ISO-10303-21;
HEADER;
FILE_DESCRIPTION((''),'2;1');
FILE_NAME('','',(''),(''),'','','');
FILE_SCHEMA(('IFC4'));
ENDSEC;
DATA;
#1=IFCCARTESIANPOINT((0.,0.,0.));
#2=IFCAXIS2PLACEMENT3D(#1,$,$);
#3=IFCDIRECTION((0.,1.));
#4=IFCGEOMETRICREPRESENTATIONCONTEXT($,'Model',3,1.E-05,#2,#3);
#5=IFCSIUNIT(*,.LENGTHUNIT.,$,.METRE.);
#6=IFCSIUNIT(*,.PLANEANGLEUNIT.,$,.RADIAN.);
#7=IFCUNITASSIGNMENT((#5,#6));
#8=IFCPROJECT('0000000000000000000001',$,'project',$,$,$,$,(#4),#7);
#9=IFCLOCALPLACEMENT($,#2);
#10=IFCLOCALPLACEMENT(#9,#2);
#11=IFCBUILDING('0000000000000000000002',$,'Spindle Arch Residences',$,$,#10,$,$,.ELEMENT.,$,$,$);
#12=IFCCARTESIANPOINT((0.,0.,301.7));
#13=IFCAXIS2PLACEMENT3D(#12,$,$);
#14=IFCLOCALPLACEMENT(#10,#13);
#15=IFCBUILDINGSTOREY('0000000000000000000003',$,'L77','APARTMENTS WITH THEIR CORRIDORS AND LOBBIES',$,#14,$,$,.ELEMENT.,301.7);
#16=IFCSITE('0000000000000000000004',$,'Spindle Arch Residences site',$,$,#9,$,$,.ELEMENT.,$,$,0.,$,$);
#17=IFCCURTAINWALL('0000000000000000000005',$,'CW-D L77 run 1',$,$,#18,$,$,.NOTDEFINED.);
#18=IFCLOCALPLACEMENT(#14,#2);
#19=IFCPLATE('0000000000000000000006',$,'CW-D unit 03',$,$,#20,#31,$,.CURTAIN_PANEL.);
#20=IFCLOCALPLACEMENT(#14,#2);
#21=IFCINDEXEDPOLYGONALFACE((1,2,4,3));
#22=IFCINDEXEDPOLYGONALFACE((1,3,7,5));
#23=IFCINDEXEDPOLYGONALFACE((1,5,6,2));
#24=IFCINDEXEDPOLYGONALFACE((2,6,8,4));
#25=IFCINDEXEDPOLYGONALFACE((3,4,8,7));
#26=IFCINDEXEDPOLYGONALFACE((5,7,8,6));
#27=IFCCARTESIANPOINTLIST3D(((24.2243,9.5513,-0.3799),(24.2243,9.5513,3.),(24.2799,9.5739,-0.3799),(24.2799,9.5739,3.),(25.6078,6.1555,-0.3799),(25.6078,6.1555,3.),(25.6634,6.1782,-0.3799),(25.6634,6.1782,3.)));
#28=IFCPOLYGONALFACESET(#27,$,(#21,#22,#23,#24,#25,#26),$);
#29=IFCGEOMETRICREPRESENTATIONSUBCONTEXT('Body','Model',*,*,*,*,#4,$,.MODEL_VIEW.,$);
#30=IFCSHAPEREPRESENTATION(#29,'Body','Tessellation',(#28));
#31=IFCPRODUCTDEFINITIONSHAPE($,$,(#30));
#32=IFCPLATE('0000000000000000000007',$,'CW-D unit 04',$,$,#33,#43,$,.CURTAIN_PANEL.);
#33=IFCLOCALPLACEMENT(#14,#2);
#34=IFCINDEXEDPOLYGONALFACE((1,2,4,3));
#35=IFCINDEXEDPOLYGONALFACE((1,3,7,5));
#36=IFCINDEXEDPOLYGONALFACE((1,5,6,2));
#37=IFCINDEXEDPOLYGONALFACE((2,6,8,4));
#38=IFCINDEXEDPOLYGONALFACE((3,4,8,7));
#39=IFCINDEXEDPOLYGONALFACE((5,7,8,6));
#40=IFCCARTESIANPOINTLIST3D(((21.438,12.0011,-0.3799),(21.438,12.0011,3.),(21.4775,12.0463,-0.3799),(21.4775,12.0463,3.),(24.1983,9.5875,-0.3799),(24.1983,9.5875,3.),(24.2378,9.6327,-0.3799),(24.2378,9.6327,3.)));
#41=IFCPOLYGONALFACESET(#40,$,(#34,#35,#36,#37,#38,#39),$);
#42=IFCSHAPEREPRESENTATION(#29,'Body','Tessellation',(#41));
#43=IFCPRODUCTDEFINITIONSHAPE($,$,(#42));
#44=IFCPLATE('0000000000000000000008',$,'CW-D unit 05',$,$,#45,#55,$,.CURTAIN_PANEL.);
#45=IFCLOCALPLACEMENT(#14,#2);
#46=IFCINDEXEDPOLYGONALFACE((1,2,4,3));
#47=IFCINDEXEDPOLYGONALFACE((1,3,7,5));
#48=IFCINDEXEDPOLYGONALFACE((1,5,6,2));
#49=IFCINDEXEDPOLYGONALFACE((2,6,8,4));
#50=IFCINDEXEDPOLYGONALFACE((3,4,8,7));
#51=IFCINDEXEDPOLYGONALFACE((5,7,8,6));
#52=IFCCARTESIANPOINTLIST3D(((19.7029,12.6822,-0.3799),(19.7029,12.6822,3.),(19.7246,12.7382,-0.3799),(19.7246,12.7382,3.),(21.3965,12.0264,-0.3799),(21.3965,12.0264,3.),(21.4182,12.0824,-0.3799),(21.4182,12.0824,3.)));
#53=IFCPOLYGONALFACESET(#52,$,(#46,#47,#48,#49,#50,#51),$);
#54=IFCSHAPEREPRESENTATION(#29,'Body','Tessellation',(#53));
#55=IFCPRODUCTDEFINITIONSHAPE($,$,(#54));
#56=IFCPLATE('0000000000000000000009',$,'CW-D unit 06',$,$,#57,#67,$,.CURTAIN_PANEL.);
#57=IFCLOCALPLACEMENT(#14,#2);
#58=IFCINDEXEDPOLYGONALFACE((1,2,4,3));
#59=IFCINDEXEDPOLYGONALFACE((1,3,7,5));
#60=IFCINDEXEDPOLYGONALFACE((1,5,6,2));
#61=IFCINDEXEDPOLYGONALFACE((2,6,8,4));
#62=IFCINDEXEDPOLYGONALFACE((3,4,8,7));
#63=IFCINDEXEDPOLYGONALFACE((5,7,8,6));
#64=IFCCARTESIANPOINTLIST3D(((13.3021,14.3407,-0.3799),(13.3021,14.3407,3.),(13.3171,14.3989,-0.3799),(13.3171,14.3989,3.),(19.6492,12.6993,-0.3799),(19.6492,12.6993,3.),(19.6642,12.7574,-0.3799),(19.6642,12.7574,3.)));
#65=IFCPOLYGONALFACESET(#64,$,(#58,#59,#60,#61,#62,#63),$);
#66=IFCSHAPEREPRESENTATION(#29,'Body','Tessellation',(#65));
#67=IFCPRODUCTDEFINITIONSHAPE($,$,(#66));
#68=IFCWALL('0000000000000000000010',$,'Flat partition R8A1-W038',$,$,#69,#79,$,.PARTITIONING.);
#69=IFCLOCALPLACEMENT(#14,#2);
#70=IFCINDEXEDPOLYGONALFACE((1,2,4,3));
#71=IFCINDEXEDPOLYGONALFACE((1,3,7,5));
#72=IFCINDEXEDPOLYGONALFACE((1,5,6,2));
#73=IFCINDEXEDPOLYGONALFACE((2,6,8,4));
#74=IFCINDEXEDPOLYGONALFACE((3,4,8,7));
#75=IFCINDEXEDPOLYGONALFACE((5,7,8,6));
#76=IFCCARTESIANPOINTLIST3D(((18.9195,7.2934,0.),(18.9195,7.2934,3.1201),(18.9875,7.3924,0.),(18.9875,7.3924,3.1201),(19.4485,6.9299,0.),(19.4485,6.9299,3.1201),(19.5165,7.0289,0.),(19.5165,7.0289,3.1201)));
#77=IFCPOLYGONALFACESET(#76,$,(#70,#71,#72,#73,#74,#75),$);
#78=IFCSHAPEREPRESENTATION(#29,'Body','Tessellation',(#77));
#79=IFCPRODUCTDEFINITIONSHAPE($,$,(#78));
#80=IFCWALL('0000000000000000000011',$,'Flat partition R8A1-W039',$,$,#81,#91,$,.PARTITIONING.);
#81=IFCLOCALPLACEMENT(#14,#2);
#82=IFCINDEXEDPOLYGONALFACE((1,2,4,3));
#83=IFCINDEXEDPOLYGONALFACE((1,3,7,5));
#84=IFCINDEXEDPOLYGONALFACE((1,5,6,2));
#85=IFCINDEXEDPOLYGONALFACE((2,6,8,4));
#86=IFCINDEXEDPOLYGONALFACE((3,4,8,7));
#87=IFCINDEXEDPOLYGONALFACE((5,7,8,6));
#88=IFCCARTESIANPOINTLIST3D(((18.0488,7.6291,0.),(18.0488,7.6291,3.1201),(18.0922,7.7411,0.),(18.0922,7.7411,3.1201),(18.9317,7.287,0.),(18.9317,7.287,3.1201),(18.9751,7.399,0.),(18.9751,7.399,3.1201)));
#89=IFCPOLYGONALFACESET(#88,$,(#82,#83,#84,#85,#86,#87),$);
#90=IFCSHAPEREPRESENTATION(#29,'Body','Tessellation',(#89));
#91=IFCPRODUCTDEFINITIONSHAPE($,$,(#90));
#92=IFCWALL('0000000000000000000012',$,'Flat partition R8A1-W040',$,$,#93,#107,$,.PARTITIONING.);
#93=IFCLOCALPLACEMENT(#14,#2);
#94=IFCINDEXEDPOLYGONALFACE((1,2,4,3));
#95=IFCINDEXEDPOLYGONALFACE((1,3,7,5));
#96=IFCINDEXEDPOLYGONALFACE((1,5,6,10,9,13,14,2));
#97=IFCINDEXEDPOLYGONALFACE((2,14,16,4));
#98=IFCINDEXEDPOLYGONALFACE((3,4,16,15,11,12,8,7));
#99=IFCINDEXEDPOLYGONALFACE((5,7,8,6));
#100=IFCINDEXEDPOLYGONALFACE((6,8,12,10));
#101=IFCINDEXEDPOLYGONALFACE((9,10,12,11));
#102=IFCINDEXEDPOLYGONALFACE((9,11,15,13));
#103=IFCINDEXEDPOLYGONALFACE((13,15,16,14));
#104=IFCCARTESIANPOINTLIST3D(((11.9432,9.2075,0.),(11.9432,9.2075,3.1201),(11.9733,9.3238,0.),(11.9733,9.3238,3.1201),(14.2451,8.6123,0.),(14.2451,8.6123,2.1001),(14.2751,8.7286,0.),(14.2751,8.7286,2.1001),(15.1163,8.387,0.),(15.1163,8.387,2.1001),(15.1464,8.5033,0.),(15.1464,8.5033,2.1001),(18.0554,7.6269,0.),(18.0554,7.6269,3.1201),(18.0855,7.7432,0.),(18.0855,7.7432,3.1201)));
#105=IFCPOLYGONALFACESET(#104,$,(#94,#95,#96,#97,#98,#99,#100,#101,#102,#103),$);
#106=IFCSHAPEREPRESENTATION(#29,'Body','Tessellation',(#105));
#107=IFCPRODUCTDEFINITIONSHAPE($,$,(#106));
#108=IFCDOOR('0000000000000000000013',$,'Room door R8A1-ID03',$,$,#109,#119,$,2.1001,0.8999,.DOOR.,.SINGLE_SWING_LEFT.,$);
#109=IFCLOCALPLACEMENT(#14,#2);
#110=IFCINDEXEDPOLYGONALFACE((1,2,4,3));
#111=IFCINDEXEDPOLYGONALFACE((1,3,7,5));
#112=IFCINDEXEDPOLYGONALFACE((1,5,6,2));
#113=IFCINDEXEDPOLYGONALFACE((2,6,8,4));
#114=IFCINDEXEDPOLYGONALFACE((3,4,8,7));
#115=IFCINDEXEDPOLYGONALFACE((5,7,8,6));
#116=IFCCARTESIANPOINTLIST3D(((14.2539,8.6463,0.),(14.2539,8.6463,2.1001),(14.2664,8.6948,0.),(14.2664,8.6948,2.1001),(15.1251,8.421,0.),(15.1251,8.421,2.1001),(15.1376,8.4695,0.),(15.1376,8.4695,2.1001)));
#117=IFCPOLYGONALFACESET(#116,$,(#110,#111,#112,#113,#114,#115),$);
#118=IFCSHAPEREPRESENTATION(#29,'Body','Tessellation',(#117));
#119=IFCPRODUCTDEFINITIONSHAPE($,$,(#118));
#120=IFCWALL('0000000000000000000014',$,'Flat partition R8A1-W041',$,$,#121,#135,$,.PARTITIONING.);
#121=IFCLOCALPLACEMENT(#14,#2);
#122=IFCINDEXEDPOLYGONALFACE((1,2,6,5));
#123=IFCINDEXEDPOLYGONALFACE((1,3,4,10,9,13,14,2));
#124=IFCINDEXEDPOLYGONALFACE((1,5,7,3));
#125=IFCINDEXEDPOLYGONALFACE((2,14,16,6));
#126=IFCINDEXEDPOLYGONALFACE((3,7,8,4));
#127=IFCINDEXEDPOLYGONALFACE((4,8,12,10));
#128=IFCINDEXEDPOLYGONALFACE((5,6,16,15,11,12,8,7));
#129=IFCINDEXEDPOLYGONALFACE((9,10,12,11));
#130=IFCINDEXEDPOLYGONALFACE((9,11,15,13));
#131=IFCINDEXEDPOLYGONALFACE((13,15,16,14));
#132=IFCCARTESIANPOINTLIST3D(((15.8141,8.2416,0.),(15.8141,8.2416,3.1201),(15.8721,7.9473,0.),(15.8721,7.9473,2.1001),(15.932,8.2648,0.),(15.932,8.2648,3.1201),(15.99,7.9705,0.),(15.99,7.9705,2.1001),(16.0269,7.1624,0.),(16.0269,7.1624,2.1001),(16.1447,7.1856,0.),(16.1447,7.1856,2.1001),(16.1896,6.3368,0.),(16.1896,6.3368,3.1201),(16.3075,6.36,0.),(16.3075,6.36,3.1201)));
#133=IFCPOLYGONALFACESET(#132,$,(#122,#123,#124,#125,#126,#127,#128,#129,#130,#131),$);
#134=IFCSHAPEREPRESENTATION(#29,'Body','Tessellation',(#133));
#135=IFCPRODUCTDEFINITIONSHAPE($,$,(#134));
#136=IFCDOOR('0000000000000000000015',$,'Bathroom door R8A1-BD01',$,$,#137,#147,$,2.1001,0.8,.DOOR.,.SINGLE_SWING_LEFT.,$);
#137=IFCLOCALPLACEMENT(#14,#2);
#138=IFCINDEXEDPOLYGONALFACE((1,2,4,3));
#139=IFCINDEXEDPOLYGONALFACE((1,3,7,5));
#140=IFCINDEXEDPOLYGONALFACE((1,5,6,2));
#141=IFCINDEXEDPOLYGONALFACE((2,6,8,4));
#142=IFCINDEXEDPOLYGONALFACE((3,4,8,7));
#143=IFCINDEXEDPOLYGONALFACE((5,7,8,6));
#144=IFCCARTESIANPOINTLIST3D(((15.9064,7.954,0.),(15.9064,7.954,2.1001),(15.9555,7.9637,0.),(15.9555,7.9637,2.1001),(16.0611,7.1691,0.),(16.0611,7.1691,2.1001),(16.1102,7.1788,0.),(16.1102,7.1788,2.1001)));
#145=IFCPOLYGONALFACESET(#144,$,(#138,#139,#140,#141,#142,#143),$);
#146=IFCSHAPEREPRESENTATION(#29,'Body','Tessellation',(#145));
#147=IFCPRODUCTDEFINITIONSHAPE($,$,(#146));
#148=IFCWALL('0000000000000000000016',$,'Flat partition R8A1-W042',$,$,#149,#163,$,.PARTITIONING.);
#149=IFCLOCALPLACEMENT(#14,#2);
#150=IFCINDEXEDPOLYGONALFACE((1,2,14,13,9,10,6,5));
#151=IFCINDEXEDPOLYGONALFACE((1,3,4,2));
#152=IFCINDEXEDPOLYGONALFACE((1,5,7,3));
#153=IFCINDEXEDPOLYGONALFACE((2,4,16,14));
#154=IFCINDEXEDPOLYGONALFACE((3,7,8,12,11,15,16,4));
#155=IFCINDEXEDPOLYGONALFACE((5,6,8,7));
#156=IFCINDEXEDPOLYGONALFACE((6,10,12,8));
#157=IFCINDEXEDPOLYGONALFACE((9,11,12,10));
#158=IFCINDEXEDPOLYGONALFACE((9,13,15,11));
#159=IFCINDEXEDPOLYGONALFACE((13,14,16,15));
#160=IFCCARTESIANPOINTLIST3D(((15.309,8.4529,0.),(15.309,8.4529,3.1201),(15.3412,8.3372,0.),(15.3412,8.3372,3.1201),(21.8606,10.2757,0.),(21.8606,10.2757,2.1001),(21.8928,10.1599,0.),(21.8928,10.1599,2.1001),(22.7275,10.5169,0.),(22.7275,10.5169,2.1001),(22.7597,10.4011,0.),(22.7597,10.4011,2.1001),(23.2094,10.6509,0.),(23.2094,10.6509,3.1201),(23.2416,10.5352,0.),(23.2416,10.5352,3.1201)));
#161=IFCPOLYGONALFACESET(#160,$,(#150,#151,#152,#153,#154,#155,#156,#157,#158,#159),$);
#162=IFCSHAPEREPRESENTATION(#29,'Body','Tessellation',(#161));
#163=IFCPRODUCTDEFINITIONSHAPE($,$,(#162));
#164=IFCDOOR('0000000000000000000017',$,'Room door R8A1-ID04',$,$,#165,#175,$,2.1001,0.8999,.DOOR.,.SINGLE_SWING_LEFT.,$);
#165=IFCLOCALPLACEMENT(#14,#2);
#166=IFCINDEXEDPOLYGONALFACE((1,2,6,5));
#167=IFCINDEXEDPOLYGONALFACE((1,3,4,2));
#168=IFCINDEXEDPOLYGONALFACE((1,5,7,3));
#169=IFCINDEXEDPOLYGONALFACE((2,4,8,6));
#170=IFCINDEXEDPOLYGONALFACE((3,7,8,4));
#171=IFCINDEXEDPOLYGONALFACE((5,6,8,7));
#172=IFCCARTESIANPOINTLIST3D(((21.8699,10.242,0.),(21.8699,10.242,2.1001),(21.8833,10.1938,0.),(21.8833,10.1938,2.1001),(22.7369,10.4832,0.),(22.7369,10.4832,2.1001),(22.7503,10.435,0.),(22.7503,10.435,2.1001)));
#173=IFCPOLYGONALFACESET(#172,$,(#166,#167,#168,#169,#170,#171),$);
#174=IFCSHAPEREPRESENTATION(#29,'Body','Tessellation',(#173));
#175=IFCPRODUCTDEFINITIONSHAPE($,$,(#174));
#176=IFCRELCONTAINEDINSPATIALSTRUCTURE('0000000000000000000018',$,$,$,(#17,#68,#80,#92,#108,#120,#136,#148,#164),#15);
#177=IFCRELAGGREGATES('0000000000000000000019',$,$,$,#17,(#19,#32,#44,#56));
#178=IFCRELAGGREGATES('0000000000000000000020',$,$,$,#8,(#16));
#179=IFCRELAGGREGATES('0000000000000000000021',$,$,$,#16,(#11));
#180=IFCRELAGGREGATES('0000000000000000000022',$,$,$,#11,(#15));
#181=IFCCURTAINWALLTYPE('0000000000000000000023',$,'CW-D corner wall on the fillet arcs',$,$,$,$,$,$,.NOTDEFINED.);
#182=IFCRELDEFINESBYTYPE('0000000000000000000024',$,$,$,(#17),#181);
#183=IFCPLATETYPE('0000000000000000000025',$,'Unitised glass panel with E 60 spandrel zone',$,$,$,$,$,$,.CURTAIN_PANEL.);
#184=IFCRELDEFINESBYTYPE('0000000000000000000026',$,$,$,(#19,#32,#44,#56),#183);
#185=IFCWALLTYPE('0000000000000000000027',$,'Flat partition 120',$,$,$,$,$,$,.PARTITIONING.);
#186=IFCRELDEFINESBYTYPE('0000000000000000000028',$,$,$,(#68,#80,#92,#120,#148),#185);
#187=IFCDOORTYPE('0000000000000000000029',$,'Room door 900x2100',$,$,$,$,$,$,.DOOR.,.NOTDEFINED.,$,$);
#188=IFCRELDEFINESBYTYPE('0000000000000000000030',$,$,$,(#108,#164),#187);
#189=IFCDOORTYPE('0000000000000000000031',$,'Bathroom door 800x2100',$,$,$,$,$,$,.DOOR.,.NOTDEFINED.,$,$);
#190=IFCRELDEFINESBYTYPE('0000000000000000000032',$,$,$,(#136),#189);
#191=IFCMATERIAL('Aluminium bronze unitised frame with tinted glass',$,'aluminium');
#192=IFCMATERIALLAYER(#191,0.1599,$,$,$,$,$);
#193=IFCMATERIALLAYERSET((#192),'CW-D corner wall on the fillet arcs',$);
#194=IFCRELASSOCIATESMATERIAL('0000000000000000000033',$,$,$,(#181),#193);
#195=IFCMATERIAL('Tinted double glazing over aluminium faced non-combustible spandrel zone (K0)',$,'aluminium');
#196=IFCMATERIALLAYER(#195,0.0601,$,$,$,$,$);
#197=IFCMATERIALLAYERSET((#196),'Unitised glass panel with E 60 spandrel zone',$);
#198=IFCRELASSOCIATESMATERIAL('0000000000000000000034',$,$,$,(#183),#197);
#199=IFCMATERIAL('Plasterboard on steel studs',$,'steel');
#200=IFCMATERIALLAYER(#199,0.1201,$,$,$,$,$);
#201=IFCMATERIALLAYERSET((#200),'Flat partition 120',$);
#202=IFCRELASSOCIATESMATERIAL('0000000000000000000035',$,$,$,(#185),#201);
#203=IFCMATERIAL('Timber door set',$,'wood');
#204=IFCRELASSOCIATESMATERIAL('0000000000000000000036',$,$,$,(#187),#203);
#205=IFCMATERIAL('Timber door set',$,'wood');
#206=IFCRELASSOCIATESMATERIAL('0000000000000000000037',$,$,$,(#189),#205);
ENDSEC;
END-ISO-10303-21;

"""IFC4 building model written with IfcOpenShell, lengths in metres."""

from ifc_helpers import new_model, si_unit, direction, frame, frame_2d, origin, origin_2d, place, context, subcontext, project, spatial, rectangle, extrude, material, layer, layer_set, type_object, element, fill, aggregate, save


model = new_model("IFC4")

# Units and contexts
model_context = context("Model", 3, precision=1e-05, world=origin(), true_north=direction((0.0, 1.0)))
body_context = subcontext(model_context, "Body", "Model", "MODEL_VIEW")
ifc_project = project(units=[si_unit("LENGTHUNIT", "METRE"), si_unit("PLANEANGLEUNIT", "RADIAN")], contexts=[model_context])

# Site, building, storey
site_placement = place(None, origin())
site = spatial("IfcSite", under=ifc_project, at=site_placement, Name="Spindle Arch Residences site", CompositionType="ELEMENT", RefElevation=0.0)
building_placement = place(site_placement, origin())
building = spatial("IfcBuilding", under=site, at=building_placement, Name="Spindle Arch Residences", CompositionType="ELEMENT")
storey_placement = place(building_placement, frame((0.0, 0.0, 301.7)))
storey = spatial("IfcBuildingStorey", under=building, at=storey_placement, Name="L77", Description="APARTMENTS WITH THEIR CORRIDORS AND LOBBIES", CompositionType="ELEMENT", Elevation=301.7)

# Curtain wall
ifc_material_1 = material(Name="Aluminium bronze unitised frame with tinted glass", Category="aluminium")
ifc_layer_1 = layer(ifc_material_1, 0.1599)
ifc_layer_set_1 = layer_set([ifc_layer_1], Name="CW-D corner wall on the fillet arcs")
curtain_wall_type = type_object("IfcCurtainWallType", Name="CW-D corner wall on the fillet arcs", PredefinedType="NOTDEFINED", material=ifc_layer_set_1)
curtain_wall_placement = place(storey_placement, origin())
curtain_wall = element("IfcCurtainWall", 1, at=curtain_wall_placement, inside=storey, type_object=curtain_wall_type, Name="CW-D L77 run 1", PredefinedType="NOTDEFINED")

# Plates
ifc_material_2 = material(Name="Tinted double glazing over aluminium faced non-combustible spandrel zone (K0)", Category="aluminium")
ifc_layer_2 = layer(ifc_material_2, 0.0601)
ifc_layer_set_2 = layer_set([ifc_layer_2], Name="Unitised glass panel with E 60 spandrel zone")
plate_type = type_object("IfcPlateType", Name="Unitised glass panel with E 60 spandrel zone", PredefinedType="CURTAIN_PANEL", material=ifc_layer_set_2)
plate_1_placement = place(storey_placement, frame((24.9438, 7.8647, -0.3799), z_axis=(0.0, 0.0, 1.0), x_axis=(-0.377302, 0.92609, 0.0)))
plate_1 = element("IfcPlate", 2, at=plate_1_placement, type_object=plate_type, Name="CW-D unit 03", PredefinedType="CURTAIN_PANEL", context=body_context, shape_type="SweptSolid", body=[
    extrude(rectangle(XDim=3.6667, YDim=0.0601, at=origin_2d()), origin(), (0.0, 0.0, 1.0), 3.3799),
])
plate_2_placement = place(storey_placement, frame((22.8379, 10.8169, -0.3799), z_axis=(0.0, 0.0, 1.0), x_axis=(-0.752798, 0.658252, 0.0)))
plate_2 = element("IfcPlate", 3, at=plate_2_placement, type_object=plate_type, Name="CW-D unit 04", PredefinedType="CURTAIN_PANEL", context=body_context, shape_type="SweptSolid", body=[
    extrude(rectangle(XDim=3.6667, YDim=0.0601, at=origin_2d()), origin(), (0.0, 0.0, 1.0), 3.3799),
])
plate_3_placement = place(storey_placement, frame((20.5605, 12.3823, -0.3799), z_axis=(0.0, 0.0, 1.0), x_axis=(-0.932534, 0.361082, 0.0)))
plate_3 = element("IfcPlate", 4, at=plate_3_placement, type_object=plate_type, Name="CW-D unit 05", PredefinedType="CURTAIN_PANEL", context=body_context, shape_type="SweptSolid", body=[
    extrude(rectangle(XDim=1.8162, YDim=0.0601, at=origin_2d()), origin(), (0.0, 0.0, 1.0), 3.3799),
])
plate_4_placement = place(storey_placement, frame((16.4832, 13.5491, -0.3799), z_axis=(0.0, 0.0, 1.0), x_axis=(-0.968148, 0.25038, 0.0)))
plate_4 = element("IfcPlate", 5, at=plate_4_placement, type_object=plate_type, Name="CW-D unit 06", PredefinedType="CURTAIN_PANEL", context=body_context, shape_type="SweptSolid", body=[
    extrude(rectangle(XDim=6.5559, YDim=0.0601, at=origin_2d()), origin(), (0.0, 0.0, 1.0), 3.3799),
])
aggregate(curtain_wall, [plate_1, plate_2, plate_3, plate_4])

# Walls
ifc_material_3 = material(Name="Plasterboard on steel studs", Category="steel")
ifc_layer_3 = layer(ifc_material_3, 0.1201)
ifc_layer_set_3 = layer_set([ifc_layer_3], Name="Flat partition 120")
wall_type_1 = type_object("IfcWallType", Name="Flat partition 120", PredefinedType="PARTITIONING", material=ifc_layer_set_3)
wall_1_placement = place(storey_placement, frame((19.4824, 6.9795, 0.0), z_axis=(0.0, 0.0, 1.0), x_axis=(-0.824186, 0.566319, 0.0)))
element("IfcWall", 6, at=wall_1_placement, inside=storey, type_object=wall_type_1, Name="Flat partition R8A1-W038", PredefinedType="PARTITIONING", context=body_context, shape_type="SweptSolid", body=[
    extrude(rectangle(XDim=0.6418, YDim=0.1201, at=frame_2d((0.3208, 0.0))), origin(), (0.0, 0.0, 1.0), 3.1201),
])
wall_2_placement = place(storey_placement, frame((18.9534, 7.343, 0.0), z_axis=(0.0, 0.0, 1.0), x_axis=(-0.932459, 0.361276, 0.0)))
element("IfcWall", 7, at=wall_2_placement, inside=storey, type_object=wall_type_1, Name="Flat partition R8A1-W039", PredefinedType="PARTITIONING", context=body_context, shape_type="SweptSolid", body=[
    extrude(rectangle(XDim=0.9468, YDim=0.1201, at=frame_2d((0.4734, 0.0))), origin(), (0.0, 0.0, 1.0), 3.1201),
])

# Walls, openings, doors
wall_3_placement = place(storey_placement, frame((18.0706, 7.6851, 0.0), z_axis=(0.0, 0.0, 1.0), x_axis=(-0.968152, 0.250362, 0.0)))
wall_3 = element("IfcWall", 8, at=wall_3_placement, inside=storey, type_object=wall_type_1, Name="Flat partition R8A1-W040", PredefinedType="PARTITIONING", context=body_context, shape_type="SweptSolid", body=[
    extrude(rectangle(XDim=6.3132, YDim=0.1201, at=frame_2d((3.1567, 0.0))), origin(), (0.0, 0.0, 1.0), 3.1201),
])
opening_1_placement = place(wall_3_placement, frame((3.0359, 0.0, 0.0)))
opening_1 = element("IfcOpeningElement", 9, at=opening_1_placement, cuts=wall_3, PredefinedType="OPENING", context=body_context, shape_type="SweptSolid", body=[
    extrude(rectangle(XDim=0.8999, YDim=2.1001, at=frame_2d((0.45, 1.05))), frame((0.0, 0.0701, 0.0), z_axis=(0.0, -1.0, 0.0), x_axis=(1.0, 0.0, 0.0)), (0.0, 0.0, 1.0), 0.1401),
])
ifc_material_4 = material(Name="Timber door set", Category="wood")
door_type_1 = type_object("IfcDoorType", Name="Room door 900x2100", OperationType="NOTDEFINED", PredefinedType="DOOR", material=ifc_material_4)
door_1_placement = place(opening_1_placement, origin())
door_1 = element("IfcDoor", 10, at=door_1_placement, inside=storey, type_object=door_type_1, Name="Room door R8A1-ID03", OperationType="SINGLE_SWING_LEFT", OverallHeight=2.1001, OverallWidth=0.8999, PredefinedType="DOOR", context=body_context, shape_type="SweptSolid", body=[
    extrude(rectangle(XDim=0.8999, YDim=2.1001, at=frame_2d((0.45, 1.05))), frame((0.0, 0.0249, 0.0), z_axis=(0.0, -1.0, 0.0), x_axis=(1.0, 0.0, 0.0)), (0.0, 0.0, 1.0), 0.05),
])
fill(opening_1, door_1)
wall_4_placement = place(storey_placement, frame((15.873, 8.2532, 0.0), z_axis=(0.0, 0.0, 1.0), x_axis=(0.193407, -0.981119, 0.0)))
wall_4 = element("IfcWall", 11, at=wall_4_placement, inside=storey, type_object=wall_type_1, Name="Flat partition R8A1-W041", PredefinedType="PARTITIONING", context=body_context, shape_type="SweptSolid", body=[
    extrude(rectangle(XDim=1.9414, YDim=0.1201, at=frame_2d((0.9707, 0.0))), origin(), (0.0, 0.0, 1.0), 3.1201),
])
opening_2_placement = place(wall_4_placement, frame((0.3, 0.0, 0.0)))
opening_2 = element("IfcOpeningElement", 12, at=opening_2_placement, cuts=wall_4, PredefinedType="OPENING", context=body_context, shape_type="SweptSolid", body=[
    extrude(rectangle(XDim=0.8, YDim=2.1001, at=frame_2d((0.3999, 1.05))), frame((0.0, 0.0701, 0.0), z_axis=(0.0, -1.0, 0.0), x_axis=(1.0, 0.0, 0.0)), (0.0, 0.0, 1.0), 0.1401),
])
ifc_material_5 = material(Name="Timber door set", Category="wood")
door_type_2 = type_object("IfcDoorType", Name="Bathroom door 800x2100", OperationType="NOTDEFINED", PredefinedType="DOOR", material=ifc_material_5)
door_2_placement = place(opening_2_placement, origin())
door_2 = element("IfcDoor", 13, at=door_2_placement, inside=storey, type_object=door_type_2, Name="Bathroom door R8A1-BD01", OperationType="SINGLE_SWING_LEFT", OverallHeight=2.1001, OverallWidth=0.8, PredefinedType="DOOR", context=body_context, shape_type="SweptSolid", body=[
    extrude(rectangle(XDim=0.8, YDim=2.1001, at=frame_2d((0.3999, 1.05))), frame((0.0, 0.0249, 0.0), z_axis=(0.0, -1.0, 0.0), x_axis=(1.0, 0.0, 0.0)), (0.0, 0.0, 1.0), 0.05),
])
fill(opening_2, door_2)
wall_5_placement = place(storey_placement, frame((23.2253, 10.593, 0.0), z_axis=(0.0, 0.0, 1.0), x_axis=(-0.963409, -0.268034, 0.0)))
wall_5 = element("IfcWall", 14, at=wall_5_placement, inside=storey, type_object=wall_type_1, Name="Flat partition R8A1-W042", PredefinedType="PARTITIONING", context=body_context, shape_type="SweptSolid", body=[
    extrude(rectangle(XDim=8.2004, YDim=0.1201, at=frame_2d((4.1001, 0.0))), origin(), (0.0, 0.0, 1.0), 3.1201),
])
opening_3_placement = place(wall_5_placement, frame((0.5, 0.0, 0.0)))
opening_3 = element("IfcOpeningElement", 15, at=opening_3_placement, cuts=wall_5, PredefinedType="OPENING", context=body_context, shape_type="SweptSolid", body=[
    extrude(rectangle(XDim=0.8999, YDim=2.1001, at=frame_2d((0.45, 1.05))), frame((0.0, 0.0701, 0.0), z_axis=(0.0, -1.0, 0.0), x_axis=(1.0, 0.0, 0.0)), (0.0, 0.0, 1.0), 0.1401),
])
door_3_placement = place(opening_3_placement, origin())
door_3 = element("IfcDoor", 16, at=door_3_placement, inside=storey, type_object=door_type_1, Name="Room door R8A1-ID04", OperationType="SINGLE_SWING_LEFT", OverallHeight=2.1001, OverallWidth=0.8999, PredefinedType="DOOR", context=body_context, shape_type="SweptSolid", body=[
    extrude(rectangle(XDim=0.8999, YDim=2.1001, at=frame_2d((0.45, 1.05))), frame((0.0, 0.0249, 0.0), z_axis=(0.0, -1.0, 0.0), x_axis=(1.0, 0.0, 0.0)), (0.0, 0.0, 1.0), 0.05),
])
fill(opening_3, door_3)

save(model, "model.ifc")
